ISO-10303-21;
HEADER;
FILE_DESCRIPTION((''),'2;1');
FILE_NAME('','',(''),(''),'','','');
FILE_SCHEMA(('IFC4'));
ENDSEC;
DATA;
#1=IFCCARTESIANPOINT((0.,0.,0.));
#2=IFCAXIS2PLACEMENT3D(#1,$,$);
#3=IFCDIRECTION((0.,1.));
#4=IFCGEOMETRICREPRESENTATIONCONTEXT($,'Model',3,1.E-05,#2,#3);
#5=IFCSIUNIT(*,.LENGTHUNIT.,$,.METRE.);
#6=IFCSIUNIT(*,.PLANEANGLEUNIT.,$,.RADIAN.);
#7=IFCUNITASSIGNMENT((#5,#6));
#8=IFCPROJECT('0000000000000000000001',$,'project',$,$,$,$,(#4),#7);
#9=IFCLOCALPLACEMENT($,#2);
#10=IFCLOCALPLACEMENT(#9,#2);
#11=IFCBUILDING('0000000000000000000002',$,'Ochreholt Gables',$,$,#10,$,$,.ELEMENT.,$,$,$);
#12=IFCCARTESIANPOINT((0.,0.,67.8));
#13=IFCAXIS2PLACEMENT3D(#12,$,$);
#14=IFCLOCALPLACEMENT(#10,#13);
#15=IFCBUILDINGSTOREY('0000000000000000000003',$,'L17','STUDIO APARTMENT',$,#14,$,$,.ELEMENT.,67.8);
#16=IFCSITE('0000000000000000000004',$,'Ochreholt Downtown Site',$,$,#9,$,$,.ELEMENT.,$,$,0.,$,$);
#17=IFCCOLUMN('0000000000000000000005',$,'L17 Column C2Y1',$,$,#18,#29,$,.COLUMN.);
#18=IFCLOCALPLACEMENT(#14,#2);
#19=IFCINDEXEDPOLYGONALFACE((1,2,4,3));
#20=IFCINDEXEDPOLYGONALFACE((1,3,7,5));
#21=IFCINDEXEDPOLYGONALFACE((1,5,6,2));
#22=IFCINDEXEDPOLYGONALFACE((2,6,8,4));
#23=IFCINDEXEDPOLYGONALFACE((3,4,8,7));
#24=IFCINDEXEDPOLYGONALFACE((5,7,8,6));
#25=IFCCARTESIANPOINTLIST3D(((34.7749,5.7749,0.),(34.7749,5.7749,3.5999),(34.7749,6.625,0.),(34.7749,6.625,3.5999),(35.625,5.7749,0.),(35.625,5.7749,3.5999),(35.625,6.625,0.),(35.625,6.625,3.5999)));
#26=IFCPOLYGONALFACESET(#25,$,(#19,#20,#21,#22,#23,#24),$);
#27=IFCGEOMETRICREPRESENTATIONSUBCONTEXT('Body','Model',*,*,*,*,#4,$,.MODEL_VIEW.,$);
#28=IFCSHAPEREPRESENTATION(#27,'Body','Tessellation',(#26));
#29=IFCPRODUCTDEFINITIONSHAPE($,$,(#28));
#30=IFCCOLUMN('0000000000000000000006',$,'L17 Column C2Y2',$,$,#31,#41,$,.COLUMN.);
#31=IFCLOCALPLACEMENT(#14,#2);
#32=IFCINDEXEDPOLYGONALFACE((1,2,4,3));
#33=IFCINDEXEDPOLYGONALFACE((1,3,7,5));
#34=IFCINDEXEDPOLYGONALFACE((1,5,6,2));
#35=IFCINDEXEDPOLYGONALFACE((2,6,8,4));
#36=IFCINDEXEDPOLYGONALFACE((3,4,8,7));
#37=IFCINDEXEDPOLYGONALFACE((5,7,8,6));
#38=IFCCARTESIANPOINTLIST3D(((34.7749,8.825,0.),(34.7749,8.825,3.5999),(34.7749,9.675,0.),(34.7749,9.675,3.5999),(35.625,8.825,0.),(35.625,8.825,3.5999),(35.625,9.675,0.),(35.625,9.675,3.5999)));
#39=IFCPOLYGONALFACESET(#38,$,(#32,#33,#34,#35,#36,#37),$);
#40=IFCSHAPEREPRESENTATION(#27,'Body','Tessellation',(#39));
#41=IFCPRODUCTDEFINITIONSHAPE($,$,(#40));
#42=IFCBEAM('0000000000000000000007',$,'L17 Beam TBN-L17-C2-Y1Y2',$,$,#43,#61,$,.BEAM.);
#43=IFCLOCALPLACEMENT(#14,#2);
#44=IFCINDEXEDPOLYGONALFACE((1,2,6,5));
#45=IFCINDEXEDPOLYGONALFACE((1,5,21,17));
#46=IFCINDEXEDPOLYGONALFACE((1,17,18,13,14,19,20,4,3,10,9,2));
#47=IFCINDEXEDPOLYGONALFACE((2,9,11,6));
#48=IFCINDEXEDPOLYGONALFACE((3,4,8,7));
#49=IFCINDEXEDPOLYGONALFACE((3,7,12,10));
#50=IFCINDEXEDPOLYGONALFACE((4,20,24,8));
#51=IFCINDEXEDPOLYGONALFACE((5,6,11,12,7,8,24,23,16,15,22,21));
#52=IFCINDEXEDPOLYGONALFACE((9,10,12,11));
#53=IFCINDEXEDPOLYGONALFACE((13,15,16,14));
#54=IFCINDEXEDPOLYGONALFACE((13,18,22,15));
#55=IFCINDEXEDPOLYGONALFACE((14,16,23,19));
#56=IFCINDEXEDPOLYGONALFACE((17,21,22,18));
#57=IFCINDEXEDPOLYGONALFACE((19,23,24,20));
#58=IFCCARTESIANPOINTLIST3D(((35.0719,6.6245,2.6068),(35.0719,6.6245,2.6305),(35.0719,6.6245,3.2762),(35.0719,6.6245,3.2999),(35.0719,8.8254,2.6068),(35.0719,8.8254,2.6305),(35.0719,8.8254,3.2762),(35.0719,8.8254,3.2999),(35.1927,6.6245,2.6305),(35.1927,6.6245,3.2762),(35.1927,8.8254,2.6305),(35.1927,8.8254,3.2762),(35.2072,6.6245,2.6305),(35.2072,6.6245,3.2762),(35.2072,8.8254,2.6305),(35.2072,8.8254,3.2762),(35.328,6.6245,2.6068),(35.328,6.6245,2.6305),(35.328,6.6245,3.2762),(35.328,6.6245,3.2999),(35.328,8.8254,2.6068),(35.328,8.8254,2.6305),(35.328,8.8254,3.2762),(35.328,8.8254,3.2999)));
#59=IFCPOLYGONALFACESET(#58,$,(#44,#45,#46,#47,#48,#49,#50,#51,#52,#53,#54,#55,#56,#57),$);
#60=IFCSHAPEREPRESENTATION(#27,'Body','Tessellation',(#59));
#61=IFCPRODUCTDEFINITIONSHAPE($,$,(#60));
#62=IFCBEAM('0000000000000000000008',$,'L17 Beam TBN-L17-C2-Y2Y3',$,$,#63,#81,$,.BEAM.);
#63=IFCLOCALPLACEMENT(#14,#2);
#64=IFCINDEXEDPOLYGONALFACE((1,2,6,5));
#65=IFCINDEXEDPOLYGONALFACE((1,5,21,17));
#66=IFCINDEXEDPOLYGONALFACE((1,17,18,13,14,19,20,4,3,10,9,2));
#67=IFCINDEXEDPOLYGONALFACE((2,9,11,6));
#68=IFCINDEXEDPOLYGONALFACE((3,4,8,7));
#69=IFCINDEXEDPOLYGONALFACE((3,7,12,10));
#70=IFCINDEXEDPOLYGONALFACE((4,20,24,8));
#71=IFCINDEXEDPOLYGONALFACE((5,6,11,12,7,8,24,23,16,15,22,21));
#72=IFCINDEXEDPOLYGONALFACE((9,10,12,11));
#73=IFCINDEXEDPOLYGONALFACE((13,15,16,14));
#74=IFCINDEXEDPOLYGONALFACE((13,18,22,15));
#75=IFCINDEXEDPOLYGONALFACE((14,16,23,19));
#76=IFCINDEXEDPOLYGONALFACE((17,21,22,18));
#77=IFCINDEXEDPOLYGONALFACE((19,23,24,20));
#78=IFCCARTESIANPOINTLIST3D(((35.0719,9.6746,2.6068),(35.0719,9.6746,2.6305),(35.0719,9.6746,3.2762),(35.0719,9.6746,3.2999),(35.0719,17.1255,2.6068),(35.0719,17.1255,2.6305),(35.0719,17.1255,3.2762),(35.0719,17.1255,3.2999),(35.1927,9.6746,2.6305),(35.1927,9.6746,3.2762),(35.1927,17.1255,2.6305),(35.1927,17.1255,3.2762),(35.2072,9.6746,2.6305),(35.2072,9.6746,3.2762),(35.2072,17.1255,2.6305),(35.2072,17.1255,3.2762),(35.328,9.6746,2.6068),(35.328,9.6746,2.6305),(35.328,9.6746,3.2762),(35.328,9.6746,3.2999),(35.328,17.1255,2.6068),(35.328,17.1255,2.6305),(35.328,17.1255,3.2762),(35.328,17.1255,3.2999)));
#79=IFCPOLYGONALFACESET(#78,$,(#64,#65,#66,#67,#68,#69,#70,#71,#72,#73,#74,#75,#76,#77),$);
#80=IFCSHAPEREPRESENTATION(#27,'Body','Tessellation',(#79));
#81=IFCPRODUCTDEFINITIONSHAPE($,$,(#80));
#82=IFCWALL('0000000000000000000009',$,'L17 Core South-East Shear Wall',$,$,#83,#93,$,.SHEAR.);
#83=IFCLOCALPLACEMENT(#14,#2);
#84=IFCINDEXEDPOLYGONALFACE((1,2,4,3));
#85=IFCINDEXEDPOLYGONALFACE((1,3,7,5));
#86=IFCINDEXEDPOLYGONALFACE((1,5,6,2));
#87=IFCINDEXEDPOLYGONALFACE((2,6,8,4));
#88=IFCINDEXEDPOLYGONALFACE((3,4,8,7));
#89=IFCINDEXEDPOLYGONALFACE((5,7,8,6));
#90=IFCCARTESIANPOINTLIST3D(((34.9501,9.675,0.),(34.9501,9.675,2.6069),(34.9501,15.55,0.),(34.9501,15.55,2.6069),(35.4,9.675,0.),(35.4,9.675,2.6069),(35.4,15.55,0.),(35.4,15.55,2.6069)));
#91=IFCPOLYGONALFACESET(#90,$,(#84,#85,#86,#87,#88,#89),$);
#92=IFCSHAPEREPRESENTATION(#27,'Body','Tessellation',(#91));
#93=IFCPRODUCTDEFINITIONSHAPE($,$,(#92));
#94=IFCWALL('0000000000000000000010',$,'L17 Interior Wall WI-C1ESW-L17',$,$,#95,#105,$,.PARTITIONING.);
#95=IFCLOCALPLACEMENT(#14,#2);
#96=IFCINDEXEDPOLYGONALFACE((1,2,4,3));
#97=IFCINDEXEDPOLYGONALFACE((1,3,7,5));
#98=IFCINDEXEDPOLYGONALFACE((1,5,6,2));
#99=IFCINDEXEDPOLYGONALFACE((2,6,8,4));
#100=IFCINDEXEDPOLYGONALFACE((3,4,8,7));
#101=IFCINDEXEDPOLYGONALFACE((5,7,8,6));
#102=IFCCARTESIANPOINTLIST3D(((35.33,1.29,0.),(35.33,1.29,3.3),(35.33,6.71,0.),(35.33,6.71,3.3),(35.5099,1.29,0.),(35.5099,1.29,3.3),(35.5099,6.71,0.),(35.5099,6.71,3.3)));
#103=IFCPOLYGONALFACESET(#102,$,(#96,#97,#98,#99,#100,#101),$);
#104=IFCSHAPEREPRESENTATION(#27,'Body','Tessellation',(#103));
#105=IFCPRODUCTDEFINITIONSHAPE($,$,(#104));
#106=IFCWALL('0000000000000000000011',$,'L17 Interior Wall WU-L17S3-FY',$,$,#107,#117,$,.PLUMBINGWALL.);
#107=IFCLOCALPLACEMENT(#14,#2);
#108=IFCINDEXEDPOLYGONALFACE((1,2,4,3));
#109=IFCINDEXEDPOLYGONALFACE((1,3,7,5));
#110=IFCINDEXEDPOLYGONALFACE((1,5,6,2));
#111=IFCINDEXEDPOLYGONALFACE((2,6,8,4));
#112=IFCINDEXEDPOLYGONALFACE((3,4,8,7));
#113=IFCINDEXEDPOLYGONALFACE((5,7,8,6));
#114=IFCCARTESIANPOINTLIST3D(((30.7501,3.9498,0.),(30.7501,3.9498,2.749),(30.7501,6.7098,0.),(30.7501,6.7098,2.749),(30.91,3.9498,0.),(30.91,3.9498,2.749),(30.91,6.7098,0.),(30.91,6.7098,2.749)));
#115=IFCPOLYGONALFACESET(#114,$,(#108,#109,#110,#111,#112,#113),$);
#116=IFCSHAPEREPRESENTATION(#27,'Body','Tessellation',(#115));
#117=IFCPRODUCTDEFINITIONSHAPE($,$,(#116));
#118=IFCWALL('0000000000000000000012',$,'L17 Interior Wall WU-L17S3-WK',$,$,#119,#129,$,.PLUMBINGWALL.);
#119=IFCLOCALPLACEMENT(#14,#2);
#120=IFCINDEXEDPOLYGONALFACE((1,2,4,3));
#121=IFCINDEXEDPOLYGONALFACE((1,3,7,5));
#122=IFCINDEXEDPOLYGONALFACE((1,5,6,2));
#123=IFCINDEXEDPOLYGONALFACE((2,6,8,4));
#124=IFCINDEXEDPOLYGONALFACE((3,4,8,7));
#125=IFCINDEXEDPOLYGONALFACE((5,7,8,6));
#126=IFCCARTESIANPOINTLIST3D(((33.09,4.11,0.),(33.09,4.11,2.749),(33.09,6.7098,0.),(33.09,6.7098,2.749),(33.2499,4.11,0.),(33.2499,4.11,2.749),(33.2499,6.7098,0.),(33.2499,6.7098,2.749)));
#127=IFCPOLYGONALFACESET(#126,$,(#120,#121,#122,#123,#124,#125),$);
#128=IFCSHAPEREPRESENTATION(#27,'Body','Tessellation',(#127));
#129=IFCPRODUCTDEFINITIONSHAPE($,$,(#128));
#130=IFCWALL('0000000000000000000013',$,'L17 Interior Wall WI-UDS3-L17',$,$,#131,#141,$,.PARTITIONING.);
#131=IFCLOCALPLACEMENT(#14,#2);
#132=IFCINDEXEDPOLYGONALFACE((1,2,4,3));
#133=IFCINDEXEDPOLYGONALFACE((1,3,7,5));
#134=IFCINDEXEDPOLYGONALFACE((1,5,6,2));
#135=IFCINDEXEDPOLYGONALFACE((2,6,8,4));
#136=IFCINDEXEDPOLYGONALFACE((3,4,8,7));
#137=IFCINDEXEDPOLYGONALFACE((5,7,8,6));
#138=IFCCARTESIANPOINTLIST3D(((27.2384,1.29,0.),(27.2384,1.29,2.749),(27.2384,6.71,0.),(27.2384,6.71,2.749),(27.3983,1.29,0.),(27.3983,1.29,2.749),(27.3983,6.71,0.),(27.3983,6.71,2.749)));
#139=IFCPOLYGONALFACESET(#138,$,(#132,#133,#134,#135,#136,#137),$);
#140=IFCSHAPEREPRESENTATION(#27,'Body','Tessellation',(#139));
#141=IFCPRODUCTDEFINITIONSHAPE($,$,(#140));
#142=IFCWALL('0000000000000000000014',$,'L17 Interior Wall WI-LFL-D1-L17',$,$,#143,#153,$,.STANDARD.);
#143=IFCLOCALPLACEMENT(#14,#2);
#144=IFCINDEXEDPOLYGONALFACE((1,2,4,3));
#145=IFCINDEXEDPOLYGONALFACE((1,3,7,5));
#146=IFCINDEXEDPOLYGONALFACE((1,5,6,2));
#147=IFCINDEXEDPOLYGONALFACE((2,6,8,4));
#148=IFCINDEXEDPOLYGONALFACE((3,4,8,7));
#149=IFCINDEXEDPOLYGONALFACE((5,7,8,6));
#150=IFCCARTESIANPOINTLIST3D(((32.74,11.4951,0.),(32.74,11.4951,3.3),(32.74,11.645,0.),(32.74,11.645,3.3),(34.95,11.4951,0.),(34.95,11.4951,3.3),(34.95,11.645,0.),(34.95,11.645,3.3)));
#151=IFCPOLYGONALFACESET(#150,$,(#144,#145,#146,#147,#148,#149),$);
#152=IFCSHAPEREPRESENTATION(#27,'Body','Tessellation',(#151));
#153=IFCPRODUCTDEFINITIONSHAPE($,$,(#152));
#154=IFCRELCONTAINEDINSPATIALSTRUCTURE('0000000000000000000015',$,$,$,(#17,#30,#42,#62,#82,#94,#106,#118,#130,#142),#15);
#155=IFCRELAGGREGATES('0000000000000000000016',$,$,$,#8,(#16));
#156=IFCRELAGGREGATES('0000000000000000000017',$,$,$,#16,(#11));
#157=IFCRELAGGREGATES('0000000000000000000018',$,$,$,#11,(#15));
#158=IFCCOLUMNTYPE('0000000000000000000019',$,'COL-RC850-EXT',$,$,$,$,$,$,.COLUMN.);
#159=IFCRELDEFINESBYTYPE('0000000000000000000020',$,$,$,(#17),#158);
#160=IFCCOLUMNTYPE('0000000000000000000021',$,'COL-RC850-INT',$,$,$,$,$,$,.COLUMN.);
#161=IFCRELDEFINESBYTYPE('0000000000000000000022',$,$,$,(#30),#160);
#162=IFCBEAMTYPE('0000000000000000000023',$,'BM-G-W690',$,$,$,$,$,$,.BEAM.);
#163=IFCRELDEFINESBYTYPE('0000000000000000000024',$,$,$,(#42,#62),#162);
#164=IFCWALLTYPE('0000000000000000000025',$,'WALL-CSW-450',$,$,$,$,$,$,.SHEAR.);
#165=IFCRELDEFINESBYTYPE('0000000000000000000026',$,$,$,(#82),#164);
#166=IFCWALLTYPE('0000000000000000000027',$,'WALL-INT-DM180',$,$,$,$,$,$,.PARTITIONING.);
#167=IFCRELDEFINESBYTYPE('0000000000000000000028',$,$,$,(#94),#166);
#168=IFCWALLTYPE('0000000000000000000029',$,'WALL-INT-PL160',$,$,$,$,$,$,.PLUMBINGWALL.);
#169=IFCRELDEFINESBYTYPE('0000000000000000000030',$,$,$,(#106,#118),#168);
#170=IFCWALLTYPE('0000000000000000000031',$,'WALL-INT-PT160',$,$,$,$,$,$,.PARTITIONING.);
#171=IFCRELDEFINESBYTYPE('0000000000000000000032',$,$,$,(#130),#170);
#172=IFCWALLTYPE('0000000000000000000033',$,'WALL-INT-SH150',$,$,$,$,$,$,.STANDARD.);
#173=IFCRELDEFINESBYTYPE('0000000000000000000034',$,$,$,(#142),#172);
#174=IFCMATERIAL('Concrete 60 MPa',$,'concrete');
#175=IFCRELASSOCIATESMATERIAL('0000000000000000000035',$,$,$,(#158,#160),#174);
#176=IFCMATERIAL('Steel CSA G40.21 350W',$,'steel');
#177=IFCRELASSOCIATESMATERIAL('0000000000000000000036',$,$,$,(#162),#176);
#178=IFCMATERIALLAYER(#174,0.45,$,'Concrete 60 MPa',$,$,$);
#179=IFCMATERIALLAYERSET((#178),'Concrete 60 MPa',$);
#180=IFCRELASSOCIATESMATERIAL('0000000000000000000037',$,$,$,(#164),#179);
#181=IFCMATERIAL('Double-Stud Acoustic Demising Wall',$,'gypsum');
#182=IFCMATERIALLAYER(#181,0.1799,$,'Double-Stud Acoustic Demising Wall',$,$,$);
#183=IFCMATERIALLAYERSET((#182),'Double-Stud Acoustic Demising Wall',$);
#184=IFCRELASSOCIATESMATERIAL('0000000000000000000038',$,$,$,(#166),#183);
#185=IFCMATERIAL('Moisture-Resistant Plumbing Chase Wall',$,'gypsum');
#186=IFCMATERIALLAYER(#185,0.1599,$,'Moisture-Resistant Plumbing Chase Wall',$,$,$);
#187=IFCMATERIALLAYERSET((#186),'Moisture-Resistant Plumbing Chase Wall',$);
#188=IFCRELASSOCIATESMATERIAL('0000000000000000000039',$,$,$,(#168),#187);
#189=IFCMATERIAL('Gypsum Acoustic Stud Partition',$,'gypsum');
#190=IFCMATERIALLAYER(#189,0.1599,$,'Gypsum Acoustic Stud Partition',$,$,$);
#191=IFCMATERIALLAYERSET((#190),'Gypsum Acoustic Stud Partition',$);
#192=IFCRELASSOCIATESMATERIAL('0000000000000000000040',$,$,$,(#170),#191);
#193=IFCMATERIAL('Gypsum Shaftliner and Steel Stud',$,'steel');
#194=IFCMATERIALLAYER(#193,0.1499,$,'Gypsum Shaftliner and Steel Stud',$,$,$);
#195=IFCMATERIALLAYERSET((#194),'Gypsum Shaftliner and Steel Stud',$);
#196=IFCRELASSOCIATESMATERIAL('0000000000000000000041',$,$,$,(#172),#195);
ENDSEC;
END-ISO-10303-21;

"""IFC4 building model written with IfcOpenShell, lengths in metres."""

from ifc_helpers import new_model, si_unit, direction, frame, frame_2d, origin, origin_2d, place, context, subcontext, project, spatial, rectangle, i_section, extrude, material, layer, layer_set, material_profile, profile_set, type_object, element, save


model = new_model("IFC4")

# Units and contexts
model_context = context("Model", 3, precision=1e-05, world=origin(), true_north=direction((0.0, 1.0)))
body_context = subcontext(model_context, "Body", "Model", "MODEL_VIEW")
ifc_project = project(units=[si_unit("LENGTHUNIT", "METRE"), si_unit("PLANEANGLEUNIT", "RADIAN")], contexts=[model_context])

# Site, building, storey
site_placement = place(None, origin())
site = spatial("IfcSite", under=ifc_project, at=site_placement, Name="Ochreholt Downtown Site", CompositionType="ELEMENT", RefElevation=0.0)
building_placement = place(site_placement, origin())
building = spatial("IfcBuilding", under=site, at=building_placement, Name="Ochreholt Gables", CompositionType="ELEMENT")
storey_placement = place(building_placement, frame((0.0, 0.0, 67.8)))
storey = spatial("IfcBuildingStorey", under=building, at=storey_placement, Name="L17", Description="STUDIO APARTMENT", CompositionType="ELEMENT", Elevation=67.8)

# Columns
ifc_material_1 = material(Name="Concrete 60 MPa", Category="concrete")
ifc_material_profile_1 = material_profile(ifc_material_1, rectangle(XDim=0.8501, YDim=0.8501, at=origin_2d()), Name="RC850X850")
ifc_profile_set_1 = profile_set([ifc_material_profile_1], Name="Concrete 60 MPa")
column_type_1 = type_object("IfcColumnType", Name="COL-RC850-EXT", PredefinedType="COLUMN", material=ifc_profile_set_1)
column_1_placement = place(storey_placement, frame((35.2, 6.2, 0.0), z_axis=(0.0, 0.0, 1.0), x_axis=(1.0, 0.0, 0.0)))
element("IfcColumn", 1, at=column_1_placement, inside=storey, type_object=column_type_1, Name="L17 Column C2Y1", PredefinedType="COLUMN", context=body_context, shape_type="SweptSolid", body=[
    extrude(rectangle(XDim=0.8501, YDim=0.8501, at=origin_2d()), origin(), (0.0, 0.0, 1.0), 3.5999),
])
ifc_material_profile_2 = material_profile(ifc_material_1, rectangle(XDim=0.8501, YDim=0.8501, at=origin_2d()), Name="RC850X850")
ifc_profile_set_2 = profile_set([ifc_material_profile_2], Name="Concrete 60 MPa")
column_type_2 = type_object("IfcColumnType", Name="COL-RC850-INT", PredefinedType="COLUMN", material=ifc_profile_set_2)
column_2_placement = place(storey_placement, frame((35.2, 9.25, 0.0), z_axis=(0.0, 0.0, 1.0), x_axis=(1.0, 0.0, 0.0)))
element("IfcColumn", 2, at=column_2_placement, inside=storey, type_object=column_type_2, Name="L17 Column C2Y2", PredefinedType="COLUMN", context=body_context, shape_type="SweptSolid", body=[
    extrude(rectangle(XDim=0.8501, YDim=0.8501, at=origin_2d()), origin(), (0.0, 0.0, 1.0), 3.5999),
])

# Beams
ifc_material_2 = material(Name="Steel CSA G40.21 350W", Category="steel")
ifc_material_profile_3 = material_profile(ifc_material_2, i_section(OverallWidth=0.2561, OverallDepth=0.6931, WebThickness=0.0144, FlangeThickness=0.0237, at=origin_2d()), Name="W690X170")
ifc_profile_set_3 = profile_set([ifc_material_profile_3], Name="Steel CSA G40.21 350W")
beam_type = type_object("IfcBeamType", Name="BM-G-W690", PredefinedType="BEAM", material=ifc_profile_set_3)
beam_1_placement = place(storey_placement, frame((35.2, 6.6245, 2.9534), z_axis=(0.0, 1.0, 0.0), x_axis=(-1.0, 0.0, 0.0)))
element("IfcBeam", 3, at=beam_1_placement, inside=storey, type_object=beam_type, Name="L17 Beam TBN-L17-C2-Y1Y2", PredefinedType="BEAM", context=body_context, shape_type="SweptSolid", body=[
    extrude(i_section(OverallWidth=0.2561, OverallDepth=0.6931, WebThickness=0.0144, FlangeThickness=0.0237, at=origin_2d()), origin(), (0.0, 0.0, 1.0), 2.2009),
])
beam_2_placement = place(storey_placement, frame((35.2, 9.6746, 2.9534), z_axis=(0.0, 1.0, 0.0), x_axis=(-1.0, 0.0, 0.0)))
element("IfcBeam", 4, at=beam_2_placement, inside=storey, type_object=beam_type, Name="L17 Beam TBN-L17-C2-Y2Y3", PredefinedType="BEAM", context=body_context, shape_type="SweptSolid", body=[
    extrude(i_section(OverallWidth=0.2561, OverallDepth=0.6931, WebThickness=0.0144, FlangeThickness=0.0237, at=origin_2d()), origin(), (0.0, 0.0, 1.0), 7.4509),
])

# Walls
ifc_layer_1 = layer(ifc_material_1, 0.45, Name="Concrete 60 MPa")
ifc_layer_set_1 = layer_set([ifc_layer_1], Name="Concrete 60 MPa")
wall_type_1 = type_object("IfcWallType", Name="WALL-CSW-450", PredefinedType="SHEAR", material=ifc_layer_set_1)
wall_1_placement = place(storey_placement, frame((35.175, 9.675, 0.0), z_axis=(0.0, 0.0, 1.0), x_axis=(0.0, 1.0, 0.0)))
element("IfcWall", 5, at=wall_1_placement, inside=storey, type_object=wall_type_1, Name="L17 Core South-East Shear Wall", PredefinedType="SHEAR", context=body_context, shape_type="SweptSolid", body=[
    extrude(rectangle(XDim=5.875, YDim=0.45, at=frame_2d((2.9375, 0.0))), origin(), (0.0, 0.0, 1.0), 2.6069),
])
ifc_material_3 = material(Name="Double-Stud Acoustic Demising Wall", Category="gypsum")
ifc_layer_2 = layer(ifc_material_3, 0.1799, Name="Double-Stud Acoustic Demising Wall")
ifc_layer_set_2 = layer_set([ifc_layer_2], Name="Double-Stud Acoustic Demising Wall")
wall_type_2 = type_object("IfcWallType", Name="WALL-INT-DM180", PredefinedType="PARTITIONING", material=ifc_layer_set_2)
wall_2_placement = place(storey_placement, frame((35.4199, 1.29, 0.0), z_axis=(0.0, 0.0, 1.0), x_axis=(0.0, 1.0, 0.0)))
element("IfcWall", 6, at=wall_2_placement, inside=storey, type_object=wall_type_2, Name="L17 Interior Wall WI-C1ESW-L17", PredefinedType="PARTITIONING", context=body_context, shape_type="SweptSolid", body=[
    extrude(rectangle(XDim=5.4199, YDim=0.1799, at=frame_2d((2.71, 0.0))), origin(), (0.0, 0.0, 1.0), 3.3),
])

# Shared definitions
ifc_material_4 = material(Name="Moisture-Resistant Plumbing Chase Wall", Category="gypsum")
ifc_layer_3 = layer(ifc_material_4, 0.1599, Name="Moisture-Resistant Plumbing Chase Wall")
ifc_layer_set_3 = layer_set([ifc_layer_3], Name="Moisture-Resistant Plumbing Chase Wall")
wall_type_3 = type_object("IfcWallType", Name="WALL-INT-PL160", PredefinedType="PLUMBINGWALL", material=ifc_layer_set_3)

# Walls
wall_3_placement = place(storey_placement, frame((30.8301, 3.95, 0.0), z_axis=(0.0, 0.0, 1.0), x_axis=(0.0, 1.0, 0.0)))
element("IfcWall", 7, at=wall_3_placement, inside=storey, type_object=wall_type_3, Name="L17 Interior Wall WU-L17S3-FY", PredefinedType="PLUMBINGWALL", context=body_context, shape_type="SweptSolid", body=[
    extrude(rectangle(XDim=2.76, YDim=0.1599, at=frame_2d((1.3799, 0.0))), origin(), (0.0, 0.0, 1.0), 2.749),
])
wall_4_placement = place(storey_placement, frame((33.1699, 4.1101, 0.0), z_axis=(0.0, 0.0, 1.0), x_axis=(0.0, 1.0, 0.0)))
element("IfcWall", 8, at=wall_4_placement, inside=storey, type_object=wall_type_3, Name="L17 Interior Wall WU-L17S3-WK", PredefinedType="PLUMBINGWALL", context=body_context, shape_type="SweptSolid", body=[
    extrude(rectangle(XDim=2.5999, YDim=0.1599, at=frame_2d((1.2998, 0.0))), origin(), (0.0, 0.0, 1.0), 2.749),
])
ifc_material_5 = material(Name="Gypsum Acoustic Stud Partition", Category="gypsum")
ifc_layer_4 = layer(ifc_material_5, 0.1599, Name="Gypsum Acoustic Stud Partition")
ifc_layer_set_4 = layer_set([ifc_layer_4], Name="Gypsum Acoustic Stud Partition")
wall_type_4 = type_object("IfcWallType", Name="WALL-INT-PT160", PredefinedType="PARTITIONING", material=ifc_layer_set_4)
wall_5_placement = place(storey_placement, frame((27.3184, 1.29, 0.0), z_axis=(0.0, 0.0, 1.0), x_axis=(0.0, 1.0, 0.0)))
element("IfcWall", 9, at=wall_5_placement, inside=storey, type_object=wall_type_4, Name="L17 Interior Wall WI-UDS3-L17", PredefinedType="PARTITIONING", context=body_context, shape_type="SweptSolid", body=[
    extrude(rectangle(XDim=5.4199, YDim=0.1599, at=frame_2d((2.71, 0.0))), origin(), (0.0, 0.0, 1.0), 2.749),
])
ifc_material_6 = material(Name="Gypsum Shaftliner and Steel Stud", Category="steel")
ifc_layer_5 = layer(ifc_material_6, 0.1499, Name="Gypsum Shaftliner and Steel Stud")
ifc_layer_set_5 = layer_set([ifc_layer_5], Name="Gypsum Shaftliner and Steel Stud")
wall_type_5 = type_object("IfcWallType", Name="WALL-INT-SH150", PredefinedType="STANDARD", material=ifc_layer_set_5)
wall_6_placement = place(storey_placement, frame((32.74, 11.5701, 0.0), z_axis=(0.0, 0.0, 1.0), x_axis=(1.0, 0.0, 0.0)))
element("IfcWall", 10, at=wall_6_placement, inside=storey, type_object=wall_type_5, Name="L17 Interior Wall WI-LFL-D1-L17", PredefinedType="STANDARD", context=body_context, shape_type="SweptSolid", body=[
    extrude(rectangle(XDim=2.21, YDim=0.1499, at=frame_2d((1.105, 0.0))), origin(), (0.0, 0.0, 1.0), 3.3),
])

save(model, "model.ifc")
